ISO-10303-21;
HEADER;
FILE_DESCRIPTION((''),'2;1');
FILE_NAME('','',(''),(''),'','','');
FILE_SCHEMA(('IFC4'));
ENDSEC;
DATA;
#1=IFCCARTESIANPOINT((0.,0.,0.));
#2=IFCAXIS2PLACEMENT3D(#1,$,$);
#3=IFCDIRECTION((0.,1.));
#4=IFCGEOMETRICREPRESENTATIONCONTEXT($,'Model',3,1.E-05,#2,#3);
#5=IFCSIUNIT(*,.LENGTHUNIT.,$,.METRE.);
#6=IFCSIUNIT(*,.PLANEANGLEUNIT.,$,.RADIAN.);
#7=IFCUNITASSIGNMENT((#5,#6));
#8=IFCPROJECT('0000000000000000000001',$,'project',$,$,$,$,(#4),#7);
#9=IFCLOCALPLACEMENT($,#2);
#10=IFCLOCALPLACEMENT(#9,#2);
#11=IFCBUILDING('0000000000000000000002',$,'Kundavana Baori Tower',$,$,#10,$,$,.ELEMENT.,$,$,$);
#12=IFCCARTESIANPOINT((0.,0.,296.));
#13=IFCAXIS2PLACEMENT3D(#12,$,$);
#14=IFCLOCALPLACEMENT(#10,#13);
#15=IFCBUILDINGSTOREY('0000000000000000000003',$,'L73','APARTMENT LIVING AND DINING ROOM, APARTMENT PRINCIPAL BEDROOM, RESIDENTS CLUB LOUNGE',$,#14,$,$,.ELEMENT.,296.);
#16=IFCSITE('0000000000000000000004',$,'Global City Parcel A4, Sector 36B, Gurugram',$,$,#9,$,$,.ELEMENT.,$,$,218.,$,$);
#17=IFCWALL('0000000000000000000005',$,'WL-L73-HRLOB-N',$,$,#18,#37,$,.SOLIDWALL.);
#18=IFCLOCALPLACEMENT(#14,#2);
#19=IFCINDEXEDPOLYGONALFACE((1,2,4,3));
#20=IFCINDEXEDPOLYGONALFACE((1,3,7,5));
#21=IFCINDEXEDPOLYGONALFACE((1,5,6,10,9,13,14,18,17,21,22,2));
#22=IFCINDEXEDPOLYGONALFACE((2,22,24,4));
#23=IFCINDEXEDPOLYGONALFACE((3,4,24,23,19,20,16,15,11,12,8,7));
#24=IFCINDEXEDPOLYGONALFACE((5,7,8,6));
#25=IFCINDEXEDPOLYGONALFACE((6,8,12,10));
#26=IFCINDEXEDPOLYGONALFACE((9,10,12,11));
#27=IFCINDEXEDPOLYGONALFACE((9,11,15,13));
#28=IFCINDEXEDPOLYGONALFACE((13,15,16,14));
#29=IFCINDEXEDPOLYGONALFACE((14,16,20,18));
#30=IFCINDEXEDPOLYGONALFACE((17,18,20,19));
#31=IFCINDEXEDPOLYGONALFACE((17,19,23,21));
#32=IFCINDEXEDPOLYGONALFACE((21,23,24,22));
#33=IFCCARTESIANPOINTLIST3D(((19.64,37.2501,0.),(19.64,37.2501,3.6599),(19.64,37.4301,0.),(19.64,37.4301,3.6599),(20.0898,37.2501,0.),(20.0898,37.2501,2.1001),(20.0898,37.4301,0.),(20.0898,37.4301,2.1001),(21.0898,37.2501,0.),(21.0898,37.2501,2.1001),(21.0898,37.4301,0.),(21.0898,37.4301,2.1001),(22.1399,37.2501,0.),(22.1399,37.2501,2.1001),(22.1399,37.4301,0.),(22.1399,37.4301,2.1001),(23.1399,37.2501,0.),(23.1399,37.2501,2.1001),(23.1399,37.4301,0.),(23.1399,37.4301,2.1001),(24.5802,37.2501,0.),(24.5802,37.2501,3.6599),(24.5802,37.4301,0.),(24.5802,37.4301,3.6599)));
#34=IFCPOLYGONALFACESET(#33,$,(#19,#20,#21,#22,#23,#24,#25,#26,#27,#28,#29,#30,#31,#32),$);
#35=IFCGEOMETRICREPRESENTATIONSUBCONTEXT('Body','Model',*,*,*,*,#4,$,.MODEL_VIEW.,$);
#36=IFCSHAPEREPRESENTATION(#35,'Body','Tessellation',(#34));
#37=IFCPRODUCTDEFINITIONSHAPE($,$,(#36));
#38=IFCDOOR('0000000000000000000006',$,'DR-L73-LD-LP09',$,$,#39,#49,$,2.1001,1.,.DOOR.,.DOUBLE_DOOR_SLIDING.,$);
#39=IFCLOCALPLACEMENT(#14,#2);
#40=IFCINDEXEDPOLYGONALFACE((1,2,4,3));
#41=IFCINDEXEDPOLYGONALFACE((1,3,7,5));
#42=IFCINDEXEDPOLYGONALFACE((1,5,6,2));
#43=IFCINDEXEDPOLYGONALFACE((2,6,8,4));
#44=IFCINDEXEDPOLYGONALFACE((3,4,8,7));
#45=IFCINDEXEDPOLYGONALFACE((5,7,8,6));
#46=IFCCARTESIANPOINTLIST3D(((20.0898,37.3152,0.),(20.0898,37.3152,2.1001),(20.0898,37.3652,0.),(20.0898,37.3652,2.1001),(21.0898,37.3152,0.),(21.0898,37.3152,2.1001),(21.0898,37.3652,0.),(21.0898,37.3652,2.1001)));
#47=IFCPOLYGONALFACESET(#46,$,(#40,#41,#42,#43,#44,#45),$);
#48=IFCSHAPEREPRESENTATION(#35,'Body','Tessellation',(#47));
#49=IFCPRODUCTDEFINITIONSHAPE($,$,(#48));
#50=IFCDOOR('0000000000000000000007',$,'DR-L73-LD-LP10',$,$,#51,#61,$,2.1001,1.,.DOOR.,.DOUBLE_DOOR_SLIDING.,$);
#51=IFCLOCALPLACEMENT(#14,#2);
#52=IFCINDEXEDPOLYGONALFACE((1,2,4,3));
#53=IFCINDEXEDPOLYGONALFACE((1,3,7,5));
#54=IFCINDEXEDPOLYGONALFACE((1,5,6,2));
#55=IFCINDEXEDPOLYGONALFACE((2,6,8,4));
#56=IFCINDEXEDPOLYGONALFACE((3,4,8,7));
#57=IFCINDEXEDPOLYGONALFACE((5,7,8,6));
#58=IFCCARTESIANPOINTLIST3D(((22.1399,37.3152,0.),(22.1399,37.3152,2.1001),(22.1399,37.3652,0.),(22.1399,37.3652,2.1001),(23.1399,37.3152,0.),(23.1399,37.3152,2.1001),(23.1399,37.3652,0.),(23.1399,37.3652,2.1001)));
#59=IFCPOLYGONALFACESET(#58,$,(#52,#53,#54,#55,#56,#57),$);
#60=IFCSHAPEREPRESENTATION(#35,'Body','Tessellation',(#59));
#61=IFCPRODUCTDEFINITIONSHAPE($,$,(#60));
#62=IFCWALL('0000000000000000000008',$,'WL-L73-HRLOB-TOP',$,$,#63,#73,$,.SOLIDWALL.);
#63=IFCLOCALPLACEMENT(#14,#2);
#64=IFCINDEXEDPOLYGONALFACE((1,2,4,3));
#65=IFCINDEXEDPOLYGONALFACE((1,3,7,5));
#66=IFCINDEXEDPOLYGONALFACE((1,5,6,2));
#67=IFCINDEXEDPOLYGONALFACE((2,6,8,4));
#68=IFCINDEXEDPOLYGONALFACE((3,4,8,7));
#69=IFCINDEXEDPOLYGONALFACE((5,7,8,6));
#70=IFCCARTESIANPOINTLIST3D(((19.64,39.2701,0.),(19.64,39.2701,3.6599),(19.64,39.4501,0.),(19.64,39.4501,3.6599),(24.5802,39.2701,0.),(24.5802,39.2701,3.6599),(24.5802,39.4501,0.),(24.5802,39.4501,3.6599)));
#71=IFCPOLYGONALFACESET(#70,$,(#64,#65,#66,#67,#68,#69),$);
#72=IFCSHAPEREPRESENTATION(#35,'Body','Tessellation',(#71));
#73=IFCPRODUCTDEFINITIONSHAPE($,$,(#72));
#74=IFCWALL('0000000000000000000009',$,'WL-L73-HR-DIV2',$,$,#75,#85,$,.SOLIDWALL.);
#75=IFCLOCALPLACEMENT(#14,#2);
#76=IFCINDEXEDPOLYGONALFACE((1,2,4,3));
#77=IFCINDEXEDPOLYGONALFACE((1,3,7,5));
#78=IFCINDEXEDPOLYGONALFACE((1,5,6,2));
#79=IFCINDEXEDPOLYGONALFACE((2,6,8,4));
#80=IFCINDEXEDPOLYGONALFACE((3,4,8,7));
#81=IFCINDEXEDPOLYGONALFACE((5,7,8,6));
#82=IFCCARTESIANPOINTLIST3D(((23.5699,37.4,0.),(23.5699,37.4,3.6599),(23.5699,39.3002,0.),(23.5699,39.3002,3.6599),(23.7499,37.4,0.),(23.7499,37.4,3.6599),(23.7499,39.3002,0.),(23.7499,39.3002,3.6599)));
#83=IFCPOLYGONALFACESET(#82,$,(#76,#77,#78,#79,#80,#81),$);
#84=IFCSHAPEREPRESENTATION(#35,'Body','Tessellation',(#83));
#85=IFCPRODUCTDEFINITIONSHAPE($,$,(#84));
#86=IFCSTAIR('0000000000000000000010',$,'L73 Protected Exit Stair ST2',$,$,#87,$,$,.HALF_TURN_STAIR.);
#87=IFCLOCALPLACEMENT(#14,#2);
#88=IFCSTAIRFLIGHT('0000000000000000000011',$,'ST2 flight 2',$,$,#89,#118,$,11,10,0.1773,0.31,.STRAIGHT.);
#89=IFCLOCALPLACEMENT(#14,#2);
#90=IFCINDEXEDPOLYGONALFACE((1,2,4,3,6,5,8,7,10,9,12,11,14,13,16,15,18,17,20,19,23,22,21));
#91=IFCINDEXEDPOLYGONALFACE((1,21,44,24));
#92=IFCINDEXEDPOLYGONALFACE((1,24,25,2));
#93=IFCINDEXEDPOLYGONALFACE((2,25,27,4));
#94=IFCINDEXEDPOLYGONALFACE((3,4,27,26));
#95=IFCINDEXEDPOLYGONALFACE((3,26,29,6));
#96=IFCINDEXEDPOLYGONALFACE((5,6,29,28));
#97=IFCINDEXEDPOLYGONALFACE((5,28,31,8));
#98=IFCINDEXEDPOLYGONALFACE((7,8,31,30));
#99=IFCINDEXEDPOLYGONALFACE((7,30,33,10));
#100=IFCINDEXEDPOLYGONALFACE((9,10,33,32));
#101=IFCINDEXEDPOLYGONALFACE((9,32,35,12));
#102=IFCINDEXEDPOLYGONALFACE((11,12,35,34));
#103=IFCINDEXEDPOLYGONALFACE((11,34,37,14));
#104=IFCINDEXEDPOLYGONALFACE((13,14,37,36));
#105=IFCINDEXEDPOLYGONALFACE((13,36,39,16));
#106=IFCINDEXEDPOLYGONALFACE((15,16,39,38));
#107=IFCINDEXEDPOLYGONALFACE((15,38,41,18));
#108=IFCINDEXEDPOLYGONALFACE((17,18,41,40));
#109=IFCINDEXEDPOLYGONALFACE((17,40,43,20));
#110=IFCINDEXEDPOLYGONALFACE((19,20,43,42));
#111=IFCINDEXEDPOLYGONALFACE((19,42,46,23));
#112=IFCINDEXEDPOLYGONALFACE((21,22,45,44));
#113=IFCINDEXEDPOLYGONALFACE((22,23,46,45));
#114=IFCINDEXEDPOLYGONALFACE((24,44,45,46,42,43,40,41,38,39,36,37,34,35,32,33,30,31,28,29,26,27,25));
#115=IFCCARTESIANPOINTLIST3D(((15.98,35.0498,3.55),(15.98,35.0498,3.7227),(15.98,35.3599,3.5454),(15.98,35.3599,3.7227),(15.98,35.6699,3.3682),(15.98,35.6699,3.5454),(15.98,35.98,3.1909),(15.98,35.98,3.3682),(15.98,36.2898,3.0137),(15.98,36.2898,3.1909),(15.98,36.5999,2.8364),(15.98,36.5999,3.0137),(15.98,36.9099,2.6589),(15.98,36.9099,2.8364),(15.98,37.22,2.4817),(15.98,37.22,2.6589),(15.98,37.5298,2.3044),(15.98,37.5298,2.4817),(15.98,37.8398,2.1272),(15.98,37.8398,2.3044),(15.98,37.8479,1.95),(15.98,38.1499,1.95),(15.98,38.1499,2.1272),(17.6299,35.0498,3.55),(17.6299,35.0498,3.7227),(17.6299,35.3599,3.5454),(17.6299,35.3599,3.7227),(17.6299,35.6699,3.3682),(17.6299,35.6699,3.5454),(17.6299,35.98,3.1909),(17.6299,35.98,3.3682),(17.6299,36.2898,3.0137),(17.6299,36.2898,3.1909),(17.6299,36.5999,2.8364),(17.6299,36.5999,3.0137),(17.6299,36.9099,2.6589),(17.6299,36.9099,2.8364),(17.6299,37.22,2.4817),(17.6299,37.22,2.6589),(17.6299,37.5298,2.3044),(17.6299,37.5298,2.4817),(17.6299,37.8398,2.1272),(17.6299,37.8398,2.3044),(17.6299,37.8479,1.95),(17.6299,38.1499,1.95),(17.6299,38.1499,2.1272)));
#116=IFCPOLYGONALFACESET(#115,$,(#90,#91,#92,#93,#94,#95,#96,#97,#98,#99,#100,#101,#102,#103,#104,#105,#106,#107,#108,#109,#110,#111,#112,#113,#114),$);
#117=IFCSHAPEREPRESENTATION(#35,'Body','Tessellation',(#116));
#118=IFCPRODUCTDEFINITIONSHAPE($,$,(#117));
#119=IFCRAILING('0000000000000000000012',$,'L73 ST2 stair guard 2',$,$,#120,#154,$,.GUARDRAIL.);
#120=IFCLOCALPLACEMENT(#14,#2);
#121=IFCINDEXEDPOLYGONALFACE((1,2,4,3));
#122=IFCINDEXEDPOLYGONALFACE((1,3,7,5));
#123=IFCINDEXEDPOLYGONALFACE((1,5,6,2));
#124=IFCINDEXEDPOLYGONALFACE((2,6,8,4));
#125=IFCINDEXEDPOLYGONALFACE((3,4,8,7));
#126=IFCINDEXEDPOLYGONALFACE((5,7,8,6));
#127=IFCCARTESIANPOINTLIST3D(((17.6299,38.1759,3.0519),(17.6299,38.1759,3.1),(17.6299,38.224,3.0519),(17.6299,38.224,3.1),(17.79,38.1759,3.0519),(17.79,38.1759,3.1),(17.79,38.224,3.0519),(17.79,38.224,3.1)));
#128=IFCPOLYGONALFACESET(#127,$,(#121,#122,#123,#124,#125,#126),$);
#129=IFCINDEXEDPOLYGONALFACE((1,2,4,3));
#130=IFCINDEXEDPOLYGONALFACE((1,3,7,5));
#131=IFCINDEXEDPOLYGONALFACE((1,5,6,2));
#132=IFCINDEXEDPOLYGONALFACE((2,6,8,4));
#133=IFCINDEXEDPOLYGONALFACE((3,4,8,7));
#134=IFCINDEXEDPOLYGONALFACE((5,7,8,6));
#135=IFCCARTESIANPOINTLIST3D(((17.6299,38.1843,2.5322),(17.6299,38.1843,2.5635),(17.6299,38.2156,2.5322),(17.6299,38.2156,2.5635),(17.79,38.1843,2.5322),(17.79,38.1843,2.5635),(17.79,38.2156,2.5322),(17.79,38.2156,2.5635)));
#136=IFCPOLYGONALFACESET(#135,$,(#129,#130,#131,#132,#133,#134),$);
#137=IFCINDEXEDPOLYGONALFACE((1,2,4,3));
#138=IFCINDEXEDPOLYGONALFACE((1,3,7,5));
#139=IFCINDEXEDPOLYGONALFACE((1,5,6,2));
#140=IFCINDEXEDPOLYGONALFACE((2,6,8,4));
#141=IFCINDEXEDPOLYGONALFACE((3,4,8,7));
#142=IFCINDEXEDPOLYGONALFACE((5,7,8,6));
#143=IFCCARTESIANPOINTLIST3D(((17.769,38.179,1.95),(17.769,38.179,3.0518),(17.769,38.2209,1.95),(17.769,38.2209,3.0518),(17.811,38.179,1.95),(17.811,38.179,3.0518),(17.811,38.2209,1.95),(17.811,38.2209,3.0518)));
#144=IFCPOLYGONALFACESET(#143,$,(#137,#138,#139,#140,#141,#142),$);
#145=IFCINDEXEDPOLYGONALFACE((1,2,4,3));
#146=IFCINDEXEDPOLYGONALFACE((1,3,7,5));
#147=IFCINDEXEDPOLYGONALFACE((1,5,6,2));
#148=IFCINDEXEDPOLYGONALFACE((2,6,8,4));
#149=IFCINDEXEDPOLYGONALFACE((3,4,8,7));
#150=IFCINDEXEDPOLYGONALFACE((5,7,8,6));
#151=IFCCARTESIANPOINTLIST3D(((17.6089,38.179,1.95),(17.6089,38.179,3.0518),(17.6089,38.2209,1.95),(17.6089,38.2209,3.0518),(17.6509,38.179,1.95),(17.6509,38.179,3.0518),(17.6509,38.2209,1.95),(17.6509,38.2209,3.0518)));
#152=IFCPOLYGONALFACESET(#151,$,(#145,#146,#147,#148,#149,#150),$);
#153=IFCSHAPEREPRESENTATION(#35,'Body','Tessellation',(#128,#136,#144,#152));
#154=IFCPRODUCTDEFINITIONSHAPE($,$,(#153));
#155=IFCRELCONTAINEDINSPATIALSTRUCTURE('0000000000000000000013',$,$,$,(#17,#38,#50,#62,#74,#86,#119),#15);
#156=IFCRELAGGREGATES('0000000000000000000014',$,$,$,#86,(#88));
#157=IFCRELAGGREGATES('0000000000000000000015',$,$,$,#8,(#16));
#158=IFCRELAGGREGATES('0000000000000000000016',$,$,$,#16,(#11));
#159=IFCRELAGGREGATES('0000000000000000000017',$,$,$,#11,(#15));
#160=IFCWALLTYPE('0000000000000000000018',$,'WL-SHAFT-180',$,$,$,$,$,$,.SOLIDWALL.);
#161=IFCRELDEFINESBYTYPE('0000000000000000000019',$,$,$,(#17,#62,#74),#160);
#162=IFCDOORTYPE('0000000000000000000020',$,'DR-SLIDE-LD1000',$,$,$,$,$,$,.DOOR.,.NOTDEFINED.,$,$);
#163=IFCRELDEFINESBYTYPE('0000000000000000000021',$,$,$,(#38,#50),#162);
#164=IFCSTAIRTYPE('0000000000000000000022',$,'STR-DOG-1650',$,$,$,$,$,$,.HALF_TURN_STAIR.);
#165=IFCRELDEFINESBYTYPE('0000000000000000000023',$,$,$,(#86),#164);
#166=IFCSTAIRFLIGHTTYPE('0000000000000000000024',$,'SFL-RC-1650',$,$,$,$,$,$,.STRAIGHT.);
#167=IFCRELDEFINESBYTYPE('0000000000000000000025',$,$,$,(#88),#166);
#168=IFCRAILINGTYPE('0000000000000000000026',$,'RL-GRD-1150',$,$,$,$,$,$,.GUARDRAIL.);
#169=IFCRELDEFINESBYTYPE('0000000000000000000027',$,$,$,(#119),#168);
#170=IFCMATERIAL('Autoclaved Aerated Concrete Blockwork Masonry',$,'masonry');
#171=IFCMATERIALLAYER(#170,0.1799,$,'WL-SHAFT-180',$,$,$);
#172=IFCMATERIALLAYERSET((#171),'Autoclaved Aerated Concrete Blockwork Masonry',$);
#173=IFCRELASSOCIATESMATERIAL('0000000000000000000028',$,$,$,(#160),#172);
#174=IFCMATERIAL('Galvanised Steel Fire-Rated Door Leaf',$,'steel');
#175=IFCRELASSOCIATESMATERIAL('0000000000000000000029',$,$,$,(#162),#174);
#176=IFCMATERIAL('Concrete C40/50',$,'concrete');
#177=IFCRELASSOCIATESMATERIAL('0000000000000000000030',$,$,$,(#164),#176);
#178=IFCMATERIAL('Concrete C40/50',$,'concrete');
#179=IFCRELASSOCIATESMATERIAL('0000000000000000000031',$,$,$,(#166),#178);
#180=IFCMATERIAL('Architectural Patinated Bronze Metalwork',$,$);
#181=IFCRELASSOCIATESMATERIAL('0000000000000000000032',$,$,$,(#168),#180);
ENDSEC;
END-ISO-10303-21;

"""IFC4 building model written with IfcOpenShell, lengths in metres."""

from ifc_helpers import new_model, si_unit, direction, frame, frame_2d, origin, origin_2d, place, context, subcontext, project, spatial, polyline, rectangle, outline, extrude, material, layer, layer_set, type_object, element, fill, aggregate, save


model = new_model("IFC4")

# Units and contexts
model_context = context("Model", 3, precision=1e-05, world=origin(), true_north=direction((0.0, 1.0)))
body_context = subcontext(model_context, "Body", "Model", "MODEL_VIEW")
ifc_project = project(units=[si_unit("LENGTHUNIT", "METRE"), si_unit("PLANEANGLEUNIT", "RADIAN")], contexts=[model_context])

# Site, building, storey
site_placement = place(None, origin())
site = spatial("IfcSite", under=ifc_project, at=site_placement, Name="Global City Parcel A4, Sector 36B, Gurugram", CompositionType="ELEMENT", RefElevation=218.0)
building_placement = place(site_placement, origin())
building = spatial("IfcBuilding", under=site, at=building_placement, Name="Kundavana Baori Tower", CompositionType="ELEMENT")
storey_placement = place(building_placement, frame((0.0, 0.0, 296.0)))
storey = spatial("IfcBuildingStorey", under=building, at=storey_placement, Name="L73", Description="APARTMENT LIVING AND DINING ROOM, APARTMENT PRINCIPAL BEDROOM, RESIDENTS CLUB LOUNGE", CompositionType="ELEMENT", Elevation=296.0)

# Wall, openings, doors
ifc_material_1 = material(Name="Autoclaved Aerated Concrete Blockwork Masonry", Category="masonry")
ifc_layer_1 = layer(ifc_material_1, 0.1799, Name="WL-SHAFT-180")
ifc_layer_set_1 = layer_set([ifc_layer_1], Name="Autoclaved Aerated Concrete Blockwork Masonry")
wall_type_1 = type_object("IfcWallType", Name="WL-SHAFT-180", PredefinedType="SOLIDWALL", material=ifc_layer_set_1)
wall_1_placement = place(storey_placement, frame((19.6399, 37.3401, 0.0), z_axis=(0.0, 0.0, 1.0), x_axis=(1.0, 0.0, 0.0)))
wall_1 = element("IfcWall", 1, at=wall_1_placement, inside=storey, type_object=wall_type_1, Name="WL-L73-HRLOB-N", PredefinedType="SOLIDWALL", context=body_context, shape_type="SweptSolid", body=[
    extrude(rectangle(XDim=4.9402, YDim=0.1799, at=frame_2d((2.4702, 0.0))), origin(), (0.0, 0.0, 1.0), 3.6599),
])
opening_1_placement = place(wall_1_placement, frame((0.45, 0.0, 0.0)))
opening_1 = element("IfcOpeningElement", 2, at=opening_1_placement, cuts=wall_1, PredefinedType="OPENING", context=body_context, shape_type="SweptSolid", body=[
    extrude(rectangle(XDim=1.0, YDim=2.1001, at=frame_2d((0.5, 1.05))), frame((0.0, 0.1001, 0.0), z_axis=(0.0, -1.0, 0.0), x_axis=(1.0, 0.0, 0.0)), (0.0, 0.0, 1.0), 0.2),
])
opening_2_placement = place(wall_1_placement, frame((2.5, 0.0, 0.0)))
opening_2 = element("IfcOpeningElement", 3, at=opening_2_placement, cuts=wall_1, PredefinedType="OPENING", context=body_context, shape_type="SweptSolid", body=[
    extrude(rectangle(XDim=1.0, YDim=2.1001, at=frame_2d((0.5, 1.05))), frame((0.0, 0.1001, 0.0), z_axis=(0.0, -1.0, 0.0), x_axis=(1.0, 0.0, 0.0)), (0.0, 0.0, 1.0), 0.2),
])
ifc_material_2 = material(Name="Galvanised Steel Fire-Rated Door Leaf", Category="steel")
door_type_1 = type_object("IfcDoorType", Name="DR-SLIDE-LD1000", OperationType="NOTDEFINED", PredefinedType="DOOR", material=ifc_material_2)
door_1_placement = place(opening_1_placement, frame((1.0, 0.0, 0.0), z_axis=(0.0, 0.0, 1.0), x_axis=(-1.0, 0.0, 0.0)))
door_1 = element("IfcDoor", 4, at=door_1_placement, inside=storey, type_object=door_type_1, Name="DR-L73-LD-LP09", OperationType="DOUBLE_DOOR_SLIDING", OverallHeight=2.1001, OverallWidth=1.0, PredefinedType="DOOR", context=body_context, shape_type="SweptSolid", body=[
    extrude(rectangle(XDim=1.0, YDim=2.1001, at=frame_2d((0.5, 1.05))), frame((0.0, 0.0249, 0.0), z_axis=(0.0, -1.0, 0.0), x_axis=(1.0, 0.0, 0.0)), (0.0, 0.0, 1.0), 0.05),
])
fill(opening_1, door_1)
door_2_placement = place(opening_2_placement, frame((1.0, 0.0, 0.0), z_axis=(0.0, 0.0, 1.0), x_axis=(-1.0, 0.0, 0.0)))
door_2 = element("IfcDoor", 5, at=door_2_placement, inside=storey, type_object=door_type_1, Name="DR-L73-LD-LP10", OperationType="DOUBLE_DOOR_SLIDING", OverallHeight=2.1001, OverallWidth=1.0, PredefinedType="DOOR", context=body_context, shape_type="SweptSolid", body=[
    extrude(rectangle(XDim=1.0, YDim=2.1001, at=frame_2d((0.5, 1.05))), frame((0.0, 0.0249, 0.0), z_axis=(0.0, -1.0, 0.0), x_axis=(1.0, 0.0, 0.0)), (0.0, 0.0, 1.0), 0.05),
])
fill(opening_2, door_2)

# Walls
wall_2_placement = place(storey_placement, frame((19.6399, 39.3601, 0.0), z_axis=(0.0, 0.0, 1.0), x_axis=(1.0, 0.0, 0.0)))
element("IfcWall", 6, at=wall_2_placement, inside=storey, type_object=wall_type_1, Name="WL-L73-HRLOB-TOP", PredefinedType="SOLIDWALL", context=body_context, shape_type="SweptSolid", body=[
    extrude(rectangle(XDim=4.9402, YDim=0.1799, at=frame_2d((2.4702, 0.0))), origin(), (0.0, 0.0, 1.0), 3.6599),
])
wall_3_placement = place(storey_placement, frame((23.6599, 37.3999, 0.0), z_axis=(0.0, 0.0, 1.0), x_axis=(0.0, 1.0, 0.0)))
element("IfcWall", 7, at=wall_3_placement, inside=storey, type_object=wall_type_1, Name="WL-L73-HR-DIV2", PredefinedType="SOLIDWALL", context=body_context, shape_type="SweptSolid", body=[
    extrude(rectangle(XDim=1.9001, YDim=0.1799, at=frame_2d((0.9502, 0.0))), origin(), (0.0, 0.0, 1.0), 3.6599),
])

# Stair, stair flight
ifc_material_3 = material(Name="Concrete C40/50", Category="concrete")
stair_type = type_object("IfcStairType", Name="STR-DOG-1650", PredefinedType="HALF_TURN_STAIR", material=ifc_material_3)
stair_placement = place(storey_placement, origin())
stair = element("IfcStair", 8, at=stair_placement, inside=storey, type_object=stair_type, Name="L73 Protected Exit Stair ST2", PredefinedType="HALF_TURN_STAIR")
ifc_material_4 = material(Name="Concrete C40/50", Category="concrete")
stair_flight_type = type_object("IfcStairFlightType", Name="SFL-RC-1650", PredefinedType="STRAIGHT", material=ifc_material_4)
stair_flight_placement = place(storey_placement, frame((16.8049, 38.1499, 1.95), z_axis=(0.0, 0.0, 1.0), x_axis=(0.0, -1.0, 0.0)))
stair_flight = element("IfcStairFlight", 9, at=stair_flight_placement, type_object=stair_flight_type, Name="ST2 flight 2", NumberOfRisers=11, NumberOfTreads=10, PredefinedType="STRAIGHT", RiserHeight=0.1773, TreadLength=0.31, context=body_context, shape_type="SweptSolid", body=[
    extrude(outline(polyline([(0.0, 0.0), (0.0, 0.1772), (0.3101, 0.1772), (0.3101, 0.3545), (0.6201, 0.3545), (0.6201, 0.5317), (0.9299, 0.5317), (0.9299, 0.709), (1.24, 0.709), (1.24, 0.8865), (1.55, 0.8865), (1.55, 1.0637), (1.8601, 1.0637), (1.8601, 1.241), (2.1699, 1.241), (2.1699, 1.4182), (2.48, 1.4182), (2.48, 1.5955), (2.79, 1.5955), (2.79, 1.7727), (3.1001, 1.7727), (3.1001, 1.95), (3.1001, 1.6001), (0.302, 0.0), (0.0, 0.0)])), frame((0.0, 0.825, 0.0), z_axis=(0.0, -1.0, 0.0), x_axis=(1.0, 0.0, 0.0)), (0.0, 0.0, 1.0), 1.6499),
])
aggregate(stair, [stair_flight])

# Railing
ifc_material_5 = material(Name="Architectural Patinated Bronze Metalwork")
railing_type_1 = type_object("IfcRailingType", Name="RL-GRD-1150", PredefinedType="GUARDRAIL", material=ifc_material_5)
railing_1_placement = place(storey_placement, frame((17.79, 38.2, 1.95)))
element("IfcRailing", 10, at=railing_1_placement, inside=storey, type_object=railing_type_1, Name="L73 ST2 stair guard 2", PredefinedType="GUARDRAIL", context=body_context, shape_type="SweptSolid", body=[
    extrude(rectangle(XDim=0.0481, YDim=0.0481, at=origin_2d()), frame((0.0, 0.0, 1.126), z_axis=(-1.0, 0.0, 0.0), x_axis=(0.0, -1.0, 0.0)), (0.0, 0.0, 1.0), 0.1602),
    extrude(rectangle(XDim=0.0312, YDim=0.0312, at=origin_2d()), frame((0.0, 0.0, 0.5979), z_axis=(-1.0, 0.0, 0.0), x_axis=(0.0, -1.0, 0.0)), (0.0, 0.0, 1.0), 0.1602),
    extrude(rectangle(XDim=0.042, YDim=0.042, at=origin_2d()), origin(), (0.0, 0.0, 1.0), 1.1018),
    extrude(rectangle(XDim=0.042, YDim=0.042, at=origin_2d()), frame((-0.1602, 0.0, 0.0)), (0.0, 0.0, 1.0), 1.1018),
])

save(model, "model.ifc")
